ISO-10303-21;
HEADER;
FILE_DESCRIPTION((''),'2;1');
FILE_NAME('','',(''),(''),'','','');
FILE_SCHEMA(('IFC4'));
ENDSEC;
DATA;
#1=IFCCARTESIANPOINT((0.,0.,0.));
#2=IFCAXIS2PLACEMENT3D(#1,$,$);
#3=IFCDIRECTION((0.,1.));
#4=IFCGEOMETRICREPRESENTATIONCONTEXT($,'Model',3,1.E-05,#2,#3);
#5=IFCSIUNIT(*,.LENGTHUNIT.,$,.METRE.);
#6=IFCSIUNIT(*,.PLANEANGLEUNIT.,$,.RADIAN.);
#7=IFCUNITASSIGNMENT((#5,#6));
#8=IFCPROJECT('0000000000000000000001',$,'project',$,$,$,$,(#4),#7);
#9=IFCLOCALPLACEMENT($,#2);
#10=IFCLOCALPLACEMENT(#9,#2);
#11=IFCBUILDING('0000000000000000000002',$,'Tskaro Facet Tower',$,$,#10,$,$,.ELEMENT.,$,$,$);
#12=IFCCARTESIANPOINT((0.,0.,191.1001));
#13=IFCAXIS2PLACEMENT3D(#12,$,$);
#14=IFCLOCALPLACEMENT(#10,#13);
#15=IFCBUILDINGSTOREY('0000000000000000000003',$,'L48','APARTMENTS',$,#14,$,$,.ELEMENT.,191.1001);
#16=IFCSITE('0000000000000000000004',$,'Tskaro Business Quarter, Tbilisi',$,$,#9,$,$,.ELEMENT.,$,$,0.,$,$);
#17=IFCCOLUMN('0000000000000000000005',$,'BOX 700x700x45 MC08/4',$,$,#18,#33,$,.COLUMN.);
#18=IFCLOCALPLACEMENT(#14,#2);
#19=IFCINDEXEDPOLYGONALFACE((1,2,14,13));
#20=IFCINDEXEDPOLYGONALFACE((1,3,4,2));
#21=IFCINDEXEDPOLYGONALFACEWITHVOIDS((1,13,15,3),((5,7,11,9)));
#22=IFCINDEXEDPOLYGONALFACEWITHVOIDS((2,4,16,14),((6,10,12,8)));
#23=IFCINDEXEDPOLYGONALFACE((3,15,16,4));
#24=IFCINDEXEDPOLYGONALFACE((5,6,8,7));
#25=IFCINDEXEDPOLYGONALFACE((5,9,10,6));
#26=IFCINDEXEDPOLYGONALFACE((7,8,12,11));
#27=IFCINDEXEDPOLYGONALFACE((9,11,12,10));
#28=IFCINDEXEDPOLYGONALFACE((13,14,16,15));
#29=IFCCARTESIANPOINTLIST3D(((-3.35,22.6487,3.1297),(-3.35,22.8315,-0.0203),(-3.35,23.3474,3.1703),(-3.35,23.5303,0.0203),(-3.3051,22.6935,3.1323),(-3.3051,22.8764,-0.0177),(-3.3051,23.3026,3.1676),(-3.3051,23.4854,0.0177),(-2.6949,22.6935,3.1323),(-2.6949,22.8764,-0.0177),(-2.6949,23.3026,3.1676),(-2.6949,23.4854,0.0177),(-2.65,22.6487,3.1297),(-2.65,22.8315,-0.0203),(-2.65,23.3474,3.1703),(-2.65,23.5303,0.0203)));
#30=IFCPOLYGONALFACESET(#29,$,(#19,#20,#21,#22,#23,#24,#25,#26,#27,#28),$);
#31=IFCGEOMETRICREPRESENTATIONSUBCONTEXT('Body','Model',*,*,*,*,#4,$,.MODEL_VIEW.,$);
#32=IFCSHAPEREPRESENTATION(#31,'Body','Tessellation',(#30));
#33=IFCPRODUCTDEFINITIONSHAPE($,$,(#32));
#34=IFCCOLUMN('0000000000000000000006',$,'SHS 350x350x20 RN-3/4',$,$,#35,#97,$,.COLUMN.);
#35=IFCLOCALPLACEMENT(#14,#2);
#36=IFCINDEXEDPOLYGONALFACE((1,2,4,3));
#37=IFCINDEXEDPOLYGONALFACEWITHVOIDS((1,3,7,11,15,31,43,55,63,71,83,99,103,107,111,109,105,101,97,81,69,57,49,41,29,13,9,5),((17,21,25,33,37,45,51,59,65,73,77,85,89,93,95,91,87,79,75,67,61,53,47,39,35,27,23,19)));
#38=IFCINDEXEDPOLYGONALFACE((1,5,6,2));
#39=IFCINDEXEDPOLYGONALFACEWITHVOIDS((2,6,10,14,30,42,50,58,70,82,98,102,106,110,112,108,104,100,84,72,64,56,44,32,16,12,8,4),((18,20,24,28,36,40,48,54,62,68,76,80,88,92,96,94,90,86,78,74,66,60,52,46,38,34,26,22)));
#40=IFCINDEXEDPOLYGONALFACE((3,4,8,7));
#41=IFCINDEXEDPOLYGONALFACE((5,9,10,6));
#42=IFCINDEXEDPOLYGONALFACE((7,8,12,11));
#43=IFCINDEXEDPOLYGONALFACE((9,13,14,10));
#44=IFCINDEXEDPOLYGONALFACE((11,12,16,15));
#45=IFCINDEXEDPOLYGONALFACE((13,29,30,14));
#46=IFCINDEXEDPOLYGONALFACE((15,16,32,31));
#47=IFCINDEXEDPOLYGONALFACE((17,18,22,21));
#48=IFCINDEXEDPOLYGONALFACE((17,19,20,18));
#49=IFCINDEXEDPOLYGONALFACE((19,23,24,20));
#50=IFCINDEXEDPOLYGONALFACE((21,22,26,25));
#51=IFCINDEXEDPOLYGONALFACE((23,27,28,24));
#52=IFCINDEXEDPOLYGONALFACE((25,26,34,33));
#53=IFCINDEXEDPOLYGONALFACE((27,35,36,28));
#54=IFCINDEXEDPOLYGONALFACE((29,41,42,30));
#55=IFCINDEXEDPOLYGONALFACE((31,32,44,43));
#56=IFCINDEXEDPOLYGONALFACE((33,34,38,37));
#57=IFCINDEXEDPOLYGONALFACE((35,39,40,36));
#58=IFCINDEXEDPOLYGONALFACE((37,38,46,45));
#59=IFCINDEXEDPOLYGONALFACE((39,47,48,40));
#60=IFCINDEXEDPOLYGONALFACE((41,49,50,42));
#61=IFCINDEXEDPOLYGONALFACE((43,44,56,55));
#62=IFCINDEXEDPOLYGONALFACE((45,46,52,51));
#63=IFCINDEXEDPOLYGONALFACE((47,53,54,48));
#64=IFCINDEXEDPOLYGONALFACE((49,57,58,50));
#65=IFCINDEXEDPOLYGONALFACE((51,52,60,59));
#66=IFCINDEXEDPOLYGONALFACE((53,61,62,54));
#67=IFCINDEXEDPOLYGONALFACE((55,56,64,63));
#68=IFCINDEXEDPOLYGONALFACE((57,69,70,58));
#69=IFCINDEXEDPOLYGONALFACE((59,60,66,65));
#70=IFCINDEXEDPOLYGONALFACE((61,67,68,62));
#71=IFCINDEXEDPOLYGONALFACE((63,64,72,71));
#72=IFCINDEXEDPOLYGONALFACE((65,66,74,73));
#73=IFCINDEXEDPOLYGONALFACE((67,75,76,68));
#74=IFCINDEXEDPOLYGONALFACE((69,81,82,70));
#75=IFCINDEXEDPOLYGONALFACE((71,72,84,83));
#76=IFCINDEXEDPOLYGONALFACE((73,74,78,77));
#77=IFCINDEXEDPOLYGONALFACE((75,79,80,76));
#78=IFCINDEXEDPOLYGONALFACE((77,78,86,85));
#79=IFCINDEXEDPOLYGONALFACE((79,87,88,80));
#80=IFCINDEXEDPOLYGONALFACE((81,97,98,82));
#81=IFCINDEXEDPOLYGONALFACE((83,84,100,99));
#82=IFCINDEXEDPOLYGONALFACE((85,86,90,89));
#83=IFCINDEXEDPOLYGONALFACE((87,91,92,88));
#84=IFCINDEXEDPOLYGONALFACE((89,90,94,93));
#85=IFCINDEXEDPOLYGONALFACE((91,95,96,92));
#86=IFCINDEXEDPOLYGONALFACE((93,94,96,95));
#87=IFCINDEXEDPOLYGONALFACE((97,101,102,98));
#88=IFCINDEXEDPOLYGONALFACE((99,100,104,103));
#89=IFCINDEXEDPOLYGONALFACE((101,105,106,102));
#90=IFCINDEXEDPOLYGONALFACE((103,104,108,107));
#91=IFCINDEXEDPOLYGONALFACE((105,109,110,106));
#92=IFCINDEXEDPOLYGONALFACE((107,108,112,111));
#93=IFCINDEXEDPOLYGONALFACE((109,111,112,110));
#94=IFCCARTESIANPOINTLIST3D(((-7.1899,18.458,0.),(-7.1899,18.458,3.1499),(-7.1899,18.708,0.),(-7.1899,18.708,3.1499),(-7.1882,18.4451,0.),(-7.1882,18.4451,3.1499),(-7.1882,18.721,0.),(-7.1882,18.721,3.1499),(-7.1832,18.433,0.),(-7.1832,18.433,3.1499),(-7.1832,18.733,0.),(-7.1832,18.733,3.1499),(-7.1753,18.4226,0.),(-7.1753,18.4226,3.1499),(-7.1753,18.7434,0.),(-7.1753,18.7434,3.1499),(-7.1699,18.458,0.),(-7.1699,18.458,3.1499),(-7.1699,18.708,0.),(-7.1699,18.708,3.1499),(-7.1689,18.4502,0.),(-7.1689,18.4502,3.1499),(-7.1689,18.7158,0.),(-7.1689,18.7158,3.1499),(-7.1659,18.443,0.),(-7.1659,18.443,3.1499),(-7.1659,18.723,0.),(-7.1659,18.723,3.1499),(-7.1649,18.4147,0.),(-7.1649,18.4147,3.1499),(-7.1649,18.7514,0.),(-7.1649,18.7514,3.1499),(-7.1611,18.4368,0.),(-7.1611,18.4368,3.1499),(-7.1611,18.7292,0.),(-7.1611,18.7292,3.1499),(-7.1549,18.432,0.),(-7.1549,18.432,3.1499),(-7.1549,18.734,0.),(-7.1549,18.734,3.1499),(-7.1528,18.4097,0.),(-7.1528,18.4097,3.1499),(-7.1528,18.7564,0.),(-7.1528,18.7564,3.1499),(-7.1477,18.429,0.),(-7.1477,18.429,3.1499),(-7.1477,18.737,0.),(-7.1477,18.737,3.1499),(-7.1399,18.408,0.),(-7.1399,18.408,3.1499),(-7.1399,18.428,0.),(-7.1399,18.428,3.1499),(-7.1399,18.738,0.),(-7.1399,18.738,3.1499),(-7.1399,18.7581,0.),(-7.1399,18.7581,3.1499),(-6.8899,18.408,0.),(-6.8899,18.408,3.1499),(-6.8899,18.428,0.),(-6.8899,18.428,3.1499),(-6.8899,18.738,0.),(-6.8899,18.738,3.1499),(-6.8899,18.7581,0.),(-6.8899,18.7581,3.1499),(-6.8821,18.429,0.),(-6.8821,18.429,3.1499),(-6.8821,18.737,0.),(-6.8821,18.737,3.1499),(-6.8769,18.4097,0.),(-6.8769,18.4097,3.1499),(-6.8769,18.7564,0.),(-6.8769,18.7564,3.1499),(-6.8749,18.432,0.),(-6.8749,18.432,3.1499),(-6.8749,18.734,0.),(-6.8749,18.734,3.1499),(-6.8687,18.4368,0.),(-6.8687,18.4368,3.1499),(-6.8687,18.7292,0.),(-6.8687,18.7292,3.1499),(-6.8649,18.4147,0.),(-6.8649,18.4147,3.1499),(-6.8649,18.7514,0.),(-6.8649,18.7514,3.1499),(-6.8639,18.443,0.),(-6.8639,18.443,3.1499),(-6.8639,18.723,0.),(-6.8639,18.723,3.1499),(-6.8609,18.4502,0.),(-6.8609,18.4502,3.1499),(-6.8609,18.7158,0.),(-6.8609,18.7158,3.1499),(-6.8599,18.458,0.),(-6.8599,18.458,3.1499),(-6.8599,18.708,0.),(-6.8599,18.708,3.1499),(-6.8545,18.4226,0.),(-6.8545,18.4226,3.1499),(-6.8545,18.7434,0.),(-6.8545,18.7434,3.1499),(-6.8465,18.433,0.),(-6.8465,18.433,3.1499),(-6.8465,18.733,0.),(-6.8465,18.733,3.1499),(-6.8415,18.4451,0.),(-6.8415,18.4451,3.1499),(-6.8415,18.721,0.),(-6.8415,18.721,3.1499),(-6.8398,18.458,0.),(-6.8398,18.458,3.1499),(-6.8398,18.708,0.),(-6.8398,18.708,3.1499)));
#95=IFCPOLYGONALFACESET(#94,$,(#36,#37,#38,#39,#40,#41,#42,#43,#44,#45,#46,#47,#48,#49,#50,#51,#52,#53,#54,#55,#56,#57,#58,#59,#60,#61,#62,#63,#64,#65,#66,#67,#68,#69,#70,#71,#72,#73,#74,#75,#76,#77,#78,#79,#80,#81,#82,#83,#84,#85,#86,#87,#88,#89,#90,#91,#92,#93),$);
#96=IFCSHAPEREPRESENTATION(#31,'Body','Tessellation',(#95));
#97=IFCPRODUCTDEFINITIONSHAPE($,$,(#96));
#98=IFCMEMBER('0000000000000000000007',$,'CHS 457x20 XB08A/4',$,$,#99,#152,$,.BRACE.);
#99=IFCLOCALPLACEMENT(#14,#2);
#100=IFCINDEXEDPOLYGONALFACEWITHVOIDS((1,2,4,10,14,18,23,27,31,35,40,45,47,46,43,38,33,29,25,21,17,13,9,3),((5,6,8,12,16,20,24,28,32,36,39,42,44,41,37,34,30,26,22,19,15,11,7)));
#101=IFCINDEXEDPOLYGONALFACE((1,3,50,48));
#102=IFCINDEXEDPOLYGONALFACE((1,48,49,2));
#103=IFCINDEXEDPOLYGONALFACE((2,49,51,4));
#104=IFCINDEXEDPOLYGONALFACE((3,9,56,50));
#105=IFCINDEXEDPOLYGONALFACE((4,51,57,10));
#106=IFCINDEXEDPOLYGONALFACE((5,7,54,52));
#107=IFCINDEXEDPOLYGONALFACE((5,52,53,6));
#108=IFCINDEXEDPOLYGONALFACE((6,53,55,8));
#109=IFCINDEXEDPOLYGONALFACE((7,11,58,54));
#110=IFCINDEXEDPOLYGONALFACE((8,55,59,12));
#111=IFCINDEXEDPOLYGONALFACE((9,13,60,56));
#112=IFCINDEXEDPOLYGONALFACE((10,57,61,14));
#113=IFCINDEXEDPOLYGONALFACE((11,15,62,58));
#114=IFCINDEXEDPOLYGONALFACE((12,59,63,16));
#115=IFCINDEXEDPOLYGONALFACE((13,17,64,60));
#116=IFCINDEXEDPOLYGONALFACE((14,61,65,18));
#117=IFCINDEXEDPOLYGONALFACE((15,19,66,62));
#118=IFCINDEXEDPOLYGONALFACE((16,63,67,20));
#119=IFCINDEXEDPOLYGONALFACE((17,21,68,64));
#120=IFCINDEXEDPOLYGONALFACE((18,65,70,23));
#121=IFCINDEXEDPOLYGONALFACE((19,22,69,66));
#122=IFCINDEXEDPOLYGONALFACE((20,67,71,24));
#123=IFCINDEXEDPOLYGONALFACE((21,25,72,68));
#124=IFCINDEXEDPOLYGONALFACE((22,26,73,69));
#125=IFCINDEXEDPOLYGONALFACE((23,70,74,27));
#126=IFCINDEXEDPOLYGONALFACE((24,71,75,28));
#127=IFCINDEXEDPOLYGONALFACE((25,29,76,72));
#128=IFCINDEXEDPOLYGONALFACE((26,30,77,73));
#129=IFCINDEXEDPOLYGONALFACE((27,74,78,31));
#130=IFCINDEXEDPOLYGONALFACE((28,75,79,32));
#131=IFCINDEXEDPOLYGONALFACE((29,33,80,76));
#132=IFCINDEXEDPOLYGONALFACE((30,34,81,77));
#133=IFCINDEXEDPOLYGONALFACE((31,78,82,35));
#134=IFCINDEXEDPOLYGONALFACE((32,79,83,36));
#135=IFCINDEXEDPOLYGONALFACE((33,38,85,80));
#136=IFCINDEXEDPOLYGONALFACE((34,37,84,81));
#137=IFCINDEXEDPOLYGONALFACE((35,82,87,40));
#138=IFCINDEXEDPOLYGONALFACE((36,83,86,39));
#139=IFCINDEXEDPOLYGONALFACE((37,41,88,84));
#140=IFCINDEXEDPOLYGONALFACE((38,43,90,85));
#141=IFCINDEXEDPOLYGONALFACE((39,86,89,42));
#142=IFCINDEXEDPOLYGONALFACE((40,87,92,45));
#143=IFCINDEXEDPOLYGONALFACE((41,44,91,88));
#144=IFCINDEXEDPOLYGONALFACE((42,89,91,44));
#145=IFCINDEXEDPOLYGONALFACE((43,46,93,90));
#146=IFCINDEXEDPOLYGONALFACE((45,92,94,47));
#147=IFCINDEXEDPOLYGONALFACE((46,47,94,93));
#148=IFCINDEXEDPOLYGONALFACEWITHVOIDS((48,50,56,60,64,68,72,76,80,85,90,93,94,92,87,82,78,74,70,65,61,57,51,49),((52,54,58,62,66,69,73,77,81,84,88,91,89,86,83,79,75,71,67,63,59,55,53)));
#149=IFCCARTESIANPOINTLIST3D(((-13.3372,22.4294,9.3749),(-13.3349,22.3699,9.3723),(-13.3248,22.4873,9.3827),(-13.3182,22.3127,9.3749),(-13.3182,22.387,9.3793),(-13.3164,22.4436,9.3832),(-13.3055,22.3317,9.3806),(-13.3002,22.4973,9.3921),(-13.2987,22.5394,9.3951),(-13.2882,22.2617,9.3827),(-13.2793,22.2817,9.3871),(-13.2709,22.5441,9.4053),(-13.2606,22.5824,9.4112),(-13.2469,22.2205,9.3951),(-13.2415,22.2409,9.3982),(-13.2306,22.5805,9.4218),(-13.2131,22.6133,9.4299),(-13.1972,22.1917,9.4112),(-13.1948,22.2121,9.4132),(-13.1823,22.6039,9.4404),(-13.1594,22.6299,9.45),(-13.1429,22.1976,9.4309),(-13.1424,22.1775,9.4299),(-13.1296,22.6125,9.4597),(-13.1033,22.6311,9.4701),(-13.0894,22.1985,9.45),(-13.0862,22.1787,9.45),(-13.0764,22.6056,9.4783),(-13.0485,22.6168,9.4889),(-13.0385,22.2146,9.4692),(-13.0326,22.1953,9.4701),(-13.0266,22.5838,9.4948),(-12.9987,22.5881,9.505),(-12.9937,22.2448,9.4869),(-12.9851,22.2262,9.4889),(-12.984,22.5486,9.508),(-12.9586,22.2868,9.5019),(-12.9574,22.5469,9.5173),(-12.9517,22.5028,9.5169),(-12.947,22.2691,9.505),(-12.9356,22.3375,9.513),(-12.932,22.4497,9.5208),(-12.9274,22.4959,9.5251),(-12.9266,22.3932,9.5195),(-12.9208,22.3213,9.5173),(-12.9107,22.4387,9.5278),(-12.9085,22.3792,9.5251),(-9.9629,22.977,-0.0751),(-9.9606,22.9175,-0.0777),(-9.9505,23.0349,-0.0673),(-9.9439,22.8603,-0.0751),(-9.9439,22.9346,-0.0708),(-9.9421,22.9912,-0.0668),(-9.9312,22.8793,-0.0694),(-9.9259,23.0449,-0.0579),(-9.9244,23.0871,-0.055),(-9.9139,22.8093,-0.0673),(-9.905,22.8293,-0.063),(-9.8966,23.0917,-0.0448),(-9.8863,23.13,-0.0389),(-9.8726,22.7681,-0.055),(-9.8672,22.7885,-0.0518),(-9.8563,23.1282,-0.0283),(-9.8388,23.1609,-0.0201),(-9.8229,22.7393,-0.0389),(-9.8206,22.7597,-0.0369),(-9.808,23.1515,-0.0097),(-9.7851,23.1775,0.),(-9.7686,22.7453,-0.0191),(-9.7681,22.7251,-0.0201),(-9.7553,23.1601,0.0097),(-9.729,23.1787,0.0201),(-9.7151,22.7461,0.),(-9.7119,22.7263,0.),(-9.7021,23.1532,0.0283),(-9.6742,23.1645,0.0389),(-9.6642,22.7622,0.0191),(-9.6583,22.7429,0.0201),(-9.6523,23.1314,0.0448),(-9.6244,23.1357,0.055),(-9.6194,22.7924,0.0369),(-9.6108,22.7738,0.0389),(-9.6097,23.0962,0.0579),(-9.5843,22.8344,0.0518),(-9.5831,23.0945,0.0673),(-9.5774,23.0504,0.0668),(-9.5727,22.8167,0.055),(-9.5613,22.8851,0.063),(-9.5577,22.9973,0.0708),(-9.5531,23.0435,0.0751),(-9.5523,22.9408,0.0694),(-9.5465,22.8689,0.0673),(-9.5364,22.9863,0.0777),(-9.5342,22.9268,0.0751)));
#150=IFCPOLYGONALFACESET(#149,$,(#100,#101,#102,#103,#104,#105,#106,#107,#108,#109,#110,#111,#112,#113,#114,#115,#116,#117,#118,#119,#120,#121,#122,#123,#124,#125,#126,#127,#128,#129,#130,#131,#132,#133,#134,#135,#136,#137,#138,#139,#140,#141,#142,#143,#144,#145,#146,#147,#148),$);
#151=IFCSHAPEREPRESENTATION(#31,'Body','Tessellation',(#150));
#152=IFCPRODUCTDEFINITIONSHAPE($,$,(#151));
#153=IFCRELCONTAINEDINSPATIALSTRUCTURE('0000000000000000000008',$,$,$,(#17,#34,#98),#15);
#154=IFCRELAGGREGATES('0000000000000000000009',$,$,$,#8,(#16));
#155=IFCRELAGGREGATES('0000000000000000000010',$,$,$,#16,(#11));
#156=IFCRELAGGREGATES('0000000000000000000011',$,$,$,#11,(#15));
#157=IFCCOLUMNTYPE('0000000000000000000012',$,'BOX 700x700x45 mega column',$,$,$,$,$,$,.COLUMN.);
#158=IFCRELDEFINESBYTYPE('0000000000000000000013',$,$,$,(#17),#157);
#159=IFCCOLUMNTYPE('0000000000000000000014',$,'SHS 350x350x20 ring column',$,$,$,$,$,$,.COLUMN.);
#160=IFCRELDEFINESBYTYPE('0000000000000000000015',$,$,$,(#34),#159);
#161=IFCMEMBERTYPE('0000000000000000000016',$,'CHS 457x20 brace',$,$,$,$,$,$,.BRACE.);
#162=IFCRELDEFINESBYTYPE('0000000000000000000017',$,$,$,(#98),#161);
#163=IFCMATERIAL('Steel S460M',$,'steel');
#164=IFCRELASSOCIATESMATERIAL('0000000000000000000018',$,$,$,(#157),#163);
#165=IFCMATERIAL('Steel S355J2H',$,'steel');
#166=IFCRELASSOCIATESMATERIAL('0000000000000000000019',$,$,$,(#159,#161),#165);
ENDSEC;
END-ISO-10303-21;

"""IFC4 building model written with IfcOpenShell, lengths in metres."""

from ifc_helpers import new_model, si_unit, direction, frame, origin, origin_2d, place, context, subcontext, project, spatial, hollow_rectangle, hollow_circle, extrude, material, material_profile, profile_set, type_object, element, save


model = new_model("IFC4")

# Units and contexts
model_context = context("Model", 3, precision=1e-05, world=origin(), true_north=direction((0.0, 1.0)))
body_context = subcontext(model_context, "Body", "Model", "MODEL_VIEW")
ifc_project = project(units=[si_unit("LENGTHUNIT", "METRE"), si_unit("PLANEANGLEUNIT", "RADIAN")], contexts=[model_context])

# Site, building, storey
site_placement = place(None, origin())
site = spatial("IfcSite", under=ifc_project, at=site_placement, Name="Tskaro Business Quarter, Tbilisi", CompositionType="ELEMENT", RefElevation=0.0)
building_placement = place(site_placement, origin())
building = spatial("IfcBuilding", under=site, at=building_placement, Name="Tskaro Facet Tower", CompositionType="ELEMENT")
storey_placement = place(building_placement, frame((0.0, 0.0, 191.1001)))
storey = spatial("IfcBuildingStorey", under=building, at=storey_placement, Name="L48", Description="APARTMENTS", CompositionType="ELEMENT", Elevation=191.1001)

# Columns
ifc_material_1 = material(Name="Steel S460M", Category="steel")
ifc_material_profile_1 = material_profile(ifc_material_1, hollow_rectangle(XDim=0.7, YDim=0.7, WallThickness=0.0449, at=origin_2d()), Name="BOX 700x700x45")
ifc_profile_set_1 = profile_set([ifc_material_profile_1], Name="Steel S460M")
column_type_1 = type_object("IfcColumnType", Name="BOX 700x700x45 mega column", PredefinedType="COLUMN", material=ifc_profile_set_1)
column_1_placement = place(storey_placement, frame((-3.0, 23.1809, 0.0), z_axis=(0.0, -0.057955, 0.998319), x_axis=(1.0, 0.0, 0.0)))
element("IfcColumn", 1, at=column_1_placement, inside=storey, type_object=column_type_1, Name="BOX 700x700x45 MC08/4", PredefinedType="COLUMN", context=body_context, shape_type="SweptSolid", body=[
    extrude(hollow_rectangle(XDim=0.7, YDim=0.7, WallThickness=0.0449, at=origin_2d()), origin(), (0.0, 0.0, 1.0), 3.1553),
])
ifc_material_2 = material(Name="Steel S355J2H", Category="steel")
ifc_material_profile_2 = material_profile(ifc_material_2, hollow_rectangle(XDim=0.3501, YDim=0.3501, WallThickness=0.02, InnerFilletRadius=0.03, OuterFilletRadius=0.05, at=origin_2d()), Name="SHS 350x350x20")
ifc_profile_set_2 = profile_set([ifc_material_profile_2], Name="Steel S355J2H")
column_type_2 = type_object("IfcColumnType", Name="SHS 350x350x20 ring column", PredefinedType="COLUMN", material=ifc_profile_set_2)
column_2_placement = place(storey_placement, frame((-7.0149, 18.583, 0.0), z_axis=(0.0, 0.0, 1.0), x_axis=(1.0, 0.0, 0.0)))
element("IfcColumn", 2, at=column_2_placement, inside=storey, type_object=column_type_2, Name="SHS 350x350x20 RN-3/4", PredefinedType="COLUMN", context=body_context, shape_type="SweptSolid", body=[
    extrude(hollow_rectangle(XDim=0.3501, YDim=0.3501, WallThickness=0.02, InnerFilletRadius=0.03, OuterFilletRadius=0.05, at=origin_2d()), origin(), (0.0, 0.0, 1.0), 3.1499),
])

# Member
ifc_material_profile_3 = material_profile(ifc_material_2, hollow_circle(Radius=0.2285, WallThickness=0.02, at=origin_2d()), Name="CHS 457x20")
ifc_profile_set_3 = profile_set([ifc_material_profile_3], Name="Steel S355J2H")
member_type_1 = type_object("IfcMemberType", Name="CHS 457x20 brace", PredefinedType="BRACE", material=ifc_profile_set_3)
member_1_placement = place(storey_placement, frame((-9.7485, 22.9519, 0.0), z_axis=(-0.335774, -0.054492, 0.940365), x_axis=(0.160193, -0.987086, 0.0)))
element("IfcMember", 3, at=member_1_placement, inside=storey, type_object=member_type_1, Name="CHS 457x20 XB08A/4", PredefinedType="BRACE", context=body_context, shape_type="SweptSolid", body=[
    extrude(hollow_circle(Radius=0.2285, WallThickness=0.02, at=origin_2d()), origin(), (0.0, 0.0, 1.0), 10.0493),
])

save(model, "model.ifc")
